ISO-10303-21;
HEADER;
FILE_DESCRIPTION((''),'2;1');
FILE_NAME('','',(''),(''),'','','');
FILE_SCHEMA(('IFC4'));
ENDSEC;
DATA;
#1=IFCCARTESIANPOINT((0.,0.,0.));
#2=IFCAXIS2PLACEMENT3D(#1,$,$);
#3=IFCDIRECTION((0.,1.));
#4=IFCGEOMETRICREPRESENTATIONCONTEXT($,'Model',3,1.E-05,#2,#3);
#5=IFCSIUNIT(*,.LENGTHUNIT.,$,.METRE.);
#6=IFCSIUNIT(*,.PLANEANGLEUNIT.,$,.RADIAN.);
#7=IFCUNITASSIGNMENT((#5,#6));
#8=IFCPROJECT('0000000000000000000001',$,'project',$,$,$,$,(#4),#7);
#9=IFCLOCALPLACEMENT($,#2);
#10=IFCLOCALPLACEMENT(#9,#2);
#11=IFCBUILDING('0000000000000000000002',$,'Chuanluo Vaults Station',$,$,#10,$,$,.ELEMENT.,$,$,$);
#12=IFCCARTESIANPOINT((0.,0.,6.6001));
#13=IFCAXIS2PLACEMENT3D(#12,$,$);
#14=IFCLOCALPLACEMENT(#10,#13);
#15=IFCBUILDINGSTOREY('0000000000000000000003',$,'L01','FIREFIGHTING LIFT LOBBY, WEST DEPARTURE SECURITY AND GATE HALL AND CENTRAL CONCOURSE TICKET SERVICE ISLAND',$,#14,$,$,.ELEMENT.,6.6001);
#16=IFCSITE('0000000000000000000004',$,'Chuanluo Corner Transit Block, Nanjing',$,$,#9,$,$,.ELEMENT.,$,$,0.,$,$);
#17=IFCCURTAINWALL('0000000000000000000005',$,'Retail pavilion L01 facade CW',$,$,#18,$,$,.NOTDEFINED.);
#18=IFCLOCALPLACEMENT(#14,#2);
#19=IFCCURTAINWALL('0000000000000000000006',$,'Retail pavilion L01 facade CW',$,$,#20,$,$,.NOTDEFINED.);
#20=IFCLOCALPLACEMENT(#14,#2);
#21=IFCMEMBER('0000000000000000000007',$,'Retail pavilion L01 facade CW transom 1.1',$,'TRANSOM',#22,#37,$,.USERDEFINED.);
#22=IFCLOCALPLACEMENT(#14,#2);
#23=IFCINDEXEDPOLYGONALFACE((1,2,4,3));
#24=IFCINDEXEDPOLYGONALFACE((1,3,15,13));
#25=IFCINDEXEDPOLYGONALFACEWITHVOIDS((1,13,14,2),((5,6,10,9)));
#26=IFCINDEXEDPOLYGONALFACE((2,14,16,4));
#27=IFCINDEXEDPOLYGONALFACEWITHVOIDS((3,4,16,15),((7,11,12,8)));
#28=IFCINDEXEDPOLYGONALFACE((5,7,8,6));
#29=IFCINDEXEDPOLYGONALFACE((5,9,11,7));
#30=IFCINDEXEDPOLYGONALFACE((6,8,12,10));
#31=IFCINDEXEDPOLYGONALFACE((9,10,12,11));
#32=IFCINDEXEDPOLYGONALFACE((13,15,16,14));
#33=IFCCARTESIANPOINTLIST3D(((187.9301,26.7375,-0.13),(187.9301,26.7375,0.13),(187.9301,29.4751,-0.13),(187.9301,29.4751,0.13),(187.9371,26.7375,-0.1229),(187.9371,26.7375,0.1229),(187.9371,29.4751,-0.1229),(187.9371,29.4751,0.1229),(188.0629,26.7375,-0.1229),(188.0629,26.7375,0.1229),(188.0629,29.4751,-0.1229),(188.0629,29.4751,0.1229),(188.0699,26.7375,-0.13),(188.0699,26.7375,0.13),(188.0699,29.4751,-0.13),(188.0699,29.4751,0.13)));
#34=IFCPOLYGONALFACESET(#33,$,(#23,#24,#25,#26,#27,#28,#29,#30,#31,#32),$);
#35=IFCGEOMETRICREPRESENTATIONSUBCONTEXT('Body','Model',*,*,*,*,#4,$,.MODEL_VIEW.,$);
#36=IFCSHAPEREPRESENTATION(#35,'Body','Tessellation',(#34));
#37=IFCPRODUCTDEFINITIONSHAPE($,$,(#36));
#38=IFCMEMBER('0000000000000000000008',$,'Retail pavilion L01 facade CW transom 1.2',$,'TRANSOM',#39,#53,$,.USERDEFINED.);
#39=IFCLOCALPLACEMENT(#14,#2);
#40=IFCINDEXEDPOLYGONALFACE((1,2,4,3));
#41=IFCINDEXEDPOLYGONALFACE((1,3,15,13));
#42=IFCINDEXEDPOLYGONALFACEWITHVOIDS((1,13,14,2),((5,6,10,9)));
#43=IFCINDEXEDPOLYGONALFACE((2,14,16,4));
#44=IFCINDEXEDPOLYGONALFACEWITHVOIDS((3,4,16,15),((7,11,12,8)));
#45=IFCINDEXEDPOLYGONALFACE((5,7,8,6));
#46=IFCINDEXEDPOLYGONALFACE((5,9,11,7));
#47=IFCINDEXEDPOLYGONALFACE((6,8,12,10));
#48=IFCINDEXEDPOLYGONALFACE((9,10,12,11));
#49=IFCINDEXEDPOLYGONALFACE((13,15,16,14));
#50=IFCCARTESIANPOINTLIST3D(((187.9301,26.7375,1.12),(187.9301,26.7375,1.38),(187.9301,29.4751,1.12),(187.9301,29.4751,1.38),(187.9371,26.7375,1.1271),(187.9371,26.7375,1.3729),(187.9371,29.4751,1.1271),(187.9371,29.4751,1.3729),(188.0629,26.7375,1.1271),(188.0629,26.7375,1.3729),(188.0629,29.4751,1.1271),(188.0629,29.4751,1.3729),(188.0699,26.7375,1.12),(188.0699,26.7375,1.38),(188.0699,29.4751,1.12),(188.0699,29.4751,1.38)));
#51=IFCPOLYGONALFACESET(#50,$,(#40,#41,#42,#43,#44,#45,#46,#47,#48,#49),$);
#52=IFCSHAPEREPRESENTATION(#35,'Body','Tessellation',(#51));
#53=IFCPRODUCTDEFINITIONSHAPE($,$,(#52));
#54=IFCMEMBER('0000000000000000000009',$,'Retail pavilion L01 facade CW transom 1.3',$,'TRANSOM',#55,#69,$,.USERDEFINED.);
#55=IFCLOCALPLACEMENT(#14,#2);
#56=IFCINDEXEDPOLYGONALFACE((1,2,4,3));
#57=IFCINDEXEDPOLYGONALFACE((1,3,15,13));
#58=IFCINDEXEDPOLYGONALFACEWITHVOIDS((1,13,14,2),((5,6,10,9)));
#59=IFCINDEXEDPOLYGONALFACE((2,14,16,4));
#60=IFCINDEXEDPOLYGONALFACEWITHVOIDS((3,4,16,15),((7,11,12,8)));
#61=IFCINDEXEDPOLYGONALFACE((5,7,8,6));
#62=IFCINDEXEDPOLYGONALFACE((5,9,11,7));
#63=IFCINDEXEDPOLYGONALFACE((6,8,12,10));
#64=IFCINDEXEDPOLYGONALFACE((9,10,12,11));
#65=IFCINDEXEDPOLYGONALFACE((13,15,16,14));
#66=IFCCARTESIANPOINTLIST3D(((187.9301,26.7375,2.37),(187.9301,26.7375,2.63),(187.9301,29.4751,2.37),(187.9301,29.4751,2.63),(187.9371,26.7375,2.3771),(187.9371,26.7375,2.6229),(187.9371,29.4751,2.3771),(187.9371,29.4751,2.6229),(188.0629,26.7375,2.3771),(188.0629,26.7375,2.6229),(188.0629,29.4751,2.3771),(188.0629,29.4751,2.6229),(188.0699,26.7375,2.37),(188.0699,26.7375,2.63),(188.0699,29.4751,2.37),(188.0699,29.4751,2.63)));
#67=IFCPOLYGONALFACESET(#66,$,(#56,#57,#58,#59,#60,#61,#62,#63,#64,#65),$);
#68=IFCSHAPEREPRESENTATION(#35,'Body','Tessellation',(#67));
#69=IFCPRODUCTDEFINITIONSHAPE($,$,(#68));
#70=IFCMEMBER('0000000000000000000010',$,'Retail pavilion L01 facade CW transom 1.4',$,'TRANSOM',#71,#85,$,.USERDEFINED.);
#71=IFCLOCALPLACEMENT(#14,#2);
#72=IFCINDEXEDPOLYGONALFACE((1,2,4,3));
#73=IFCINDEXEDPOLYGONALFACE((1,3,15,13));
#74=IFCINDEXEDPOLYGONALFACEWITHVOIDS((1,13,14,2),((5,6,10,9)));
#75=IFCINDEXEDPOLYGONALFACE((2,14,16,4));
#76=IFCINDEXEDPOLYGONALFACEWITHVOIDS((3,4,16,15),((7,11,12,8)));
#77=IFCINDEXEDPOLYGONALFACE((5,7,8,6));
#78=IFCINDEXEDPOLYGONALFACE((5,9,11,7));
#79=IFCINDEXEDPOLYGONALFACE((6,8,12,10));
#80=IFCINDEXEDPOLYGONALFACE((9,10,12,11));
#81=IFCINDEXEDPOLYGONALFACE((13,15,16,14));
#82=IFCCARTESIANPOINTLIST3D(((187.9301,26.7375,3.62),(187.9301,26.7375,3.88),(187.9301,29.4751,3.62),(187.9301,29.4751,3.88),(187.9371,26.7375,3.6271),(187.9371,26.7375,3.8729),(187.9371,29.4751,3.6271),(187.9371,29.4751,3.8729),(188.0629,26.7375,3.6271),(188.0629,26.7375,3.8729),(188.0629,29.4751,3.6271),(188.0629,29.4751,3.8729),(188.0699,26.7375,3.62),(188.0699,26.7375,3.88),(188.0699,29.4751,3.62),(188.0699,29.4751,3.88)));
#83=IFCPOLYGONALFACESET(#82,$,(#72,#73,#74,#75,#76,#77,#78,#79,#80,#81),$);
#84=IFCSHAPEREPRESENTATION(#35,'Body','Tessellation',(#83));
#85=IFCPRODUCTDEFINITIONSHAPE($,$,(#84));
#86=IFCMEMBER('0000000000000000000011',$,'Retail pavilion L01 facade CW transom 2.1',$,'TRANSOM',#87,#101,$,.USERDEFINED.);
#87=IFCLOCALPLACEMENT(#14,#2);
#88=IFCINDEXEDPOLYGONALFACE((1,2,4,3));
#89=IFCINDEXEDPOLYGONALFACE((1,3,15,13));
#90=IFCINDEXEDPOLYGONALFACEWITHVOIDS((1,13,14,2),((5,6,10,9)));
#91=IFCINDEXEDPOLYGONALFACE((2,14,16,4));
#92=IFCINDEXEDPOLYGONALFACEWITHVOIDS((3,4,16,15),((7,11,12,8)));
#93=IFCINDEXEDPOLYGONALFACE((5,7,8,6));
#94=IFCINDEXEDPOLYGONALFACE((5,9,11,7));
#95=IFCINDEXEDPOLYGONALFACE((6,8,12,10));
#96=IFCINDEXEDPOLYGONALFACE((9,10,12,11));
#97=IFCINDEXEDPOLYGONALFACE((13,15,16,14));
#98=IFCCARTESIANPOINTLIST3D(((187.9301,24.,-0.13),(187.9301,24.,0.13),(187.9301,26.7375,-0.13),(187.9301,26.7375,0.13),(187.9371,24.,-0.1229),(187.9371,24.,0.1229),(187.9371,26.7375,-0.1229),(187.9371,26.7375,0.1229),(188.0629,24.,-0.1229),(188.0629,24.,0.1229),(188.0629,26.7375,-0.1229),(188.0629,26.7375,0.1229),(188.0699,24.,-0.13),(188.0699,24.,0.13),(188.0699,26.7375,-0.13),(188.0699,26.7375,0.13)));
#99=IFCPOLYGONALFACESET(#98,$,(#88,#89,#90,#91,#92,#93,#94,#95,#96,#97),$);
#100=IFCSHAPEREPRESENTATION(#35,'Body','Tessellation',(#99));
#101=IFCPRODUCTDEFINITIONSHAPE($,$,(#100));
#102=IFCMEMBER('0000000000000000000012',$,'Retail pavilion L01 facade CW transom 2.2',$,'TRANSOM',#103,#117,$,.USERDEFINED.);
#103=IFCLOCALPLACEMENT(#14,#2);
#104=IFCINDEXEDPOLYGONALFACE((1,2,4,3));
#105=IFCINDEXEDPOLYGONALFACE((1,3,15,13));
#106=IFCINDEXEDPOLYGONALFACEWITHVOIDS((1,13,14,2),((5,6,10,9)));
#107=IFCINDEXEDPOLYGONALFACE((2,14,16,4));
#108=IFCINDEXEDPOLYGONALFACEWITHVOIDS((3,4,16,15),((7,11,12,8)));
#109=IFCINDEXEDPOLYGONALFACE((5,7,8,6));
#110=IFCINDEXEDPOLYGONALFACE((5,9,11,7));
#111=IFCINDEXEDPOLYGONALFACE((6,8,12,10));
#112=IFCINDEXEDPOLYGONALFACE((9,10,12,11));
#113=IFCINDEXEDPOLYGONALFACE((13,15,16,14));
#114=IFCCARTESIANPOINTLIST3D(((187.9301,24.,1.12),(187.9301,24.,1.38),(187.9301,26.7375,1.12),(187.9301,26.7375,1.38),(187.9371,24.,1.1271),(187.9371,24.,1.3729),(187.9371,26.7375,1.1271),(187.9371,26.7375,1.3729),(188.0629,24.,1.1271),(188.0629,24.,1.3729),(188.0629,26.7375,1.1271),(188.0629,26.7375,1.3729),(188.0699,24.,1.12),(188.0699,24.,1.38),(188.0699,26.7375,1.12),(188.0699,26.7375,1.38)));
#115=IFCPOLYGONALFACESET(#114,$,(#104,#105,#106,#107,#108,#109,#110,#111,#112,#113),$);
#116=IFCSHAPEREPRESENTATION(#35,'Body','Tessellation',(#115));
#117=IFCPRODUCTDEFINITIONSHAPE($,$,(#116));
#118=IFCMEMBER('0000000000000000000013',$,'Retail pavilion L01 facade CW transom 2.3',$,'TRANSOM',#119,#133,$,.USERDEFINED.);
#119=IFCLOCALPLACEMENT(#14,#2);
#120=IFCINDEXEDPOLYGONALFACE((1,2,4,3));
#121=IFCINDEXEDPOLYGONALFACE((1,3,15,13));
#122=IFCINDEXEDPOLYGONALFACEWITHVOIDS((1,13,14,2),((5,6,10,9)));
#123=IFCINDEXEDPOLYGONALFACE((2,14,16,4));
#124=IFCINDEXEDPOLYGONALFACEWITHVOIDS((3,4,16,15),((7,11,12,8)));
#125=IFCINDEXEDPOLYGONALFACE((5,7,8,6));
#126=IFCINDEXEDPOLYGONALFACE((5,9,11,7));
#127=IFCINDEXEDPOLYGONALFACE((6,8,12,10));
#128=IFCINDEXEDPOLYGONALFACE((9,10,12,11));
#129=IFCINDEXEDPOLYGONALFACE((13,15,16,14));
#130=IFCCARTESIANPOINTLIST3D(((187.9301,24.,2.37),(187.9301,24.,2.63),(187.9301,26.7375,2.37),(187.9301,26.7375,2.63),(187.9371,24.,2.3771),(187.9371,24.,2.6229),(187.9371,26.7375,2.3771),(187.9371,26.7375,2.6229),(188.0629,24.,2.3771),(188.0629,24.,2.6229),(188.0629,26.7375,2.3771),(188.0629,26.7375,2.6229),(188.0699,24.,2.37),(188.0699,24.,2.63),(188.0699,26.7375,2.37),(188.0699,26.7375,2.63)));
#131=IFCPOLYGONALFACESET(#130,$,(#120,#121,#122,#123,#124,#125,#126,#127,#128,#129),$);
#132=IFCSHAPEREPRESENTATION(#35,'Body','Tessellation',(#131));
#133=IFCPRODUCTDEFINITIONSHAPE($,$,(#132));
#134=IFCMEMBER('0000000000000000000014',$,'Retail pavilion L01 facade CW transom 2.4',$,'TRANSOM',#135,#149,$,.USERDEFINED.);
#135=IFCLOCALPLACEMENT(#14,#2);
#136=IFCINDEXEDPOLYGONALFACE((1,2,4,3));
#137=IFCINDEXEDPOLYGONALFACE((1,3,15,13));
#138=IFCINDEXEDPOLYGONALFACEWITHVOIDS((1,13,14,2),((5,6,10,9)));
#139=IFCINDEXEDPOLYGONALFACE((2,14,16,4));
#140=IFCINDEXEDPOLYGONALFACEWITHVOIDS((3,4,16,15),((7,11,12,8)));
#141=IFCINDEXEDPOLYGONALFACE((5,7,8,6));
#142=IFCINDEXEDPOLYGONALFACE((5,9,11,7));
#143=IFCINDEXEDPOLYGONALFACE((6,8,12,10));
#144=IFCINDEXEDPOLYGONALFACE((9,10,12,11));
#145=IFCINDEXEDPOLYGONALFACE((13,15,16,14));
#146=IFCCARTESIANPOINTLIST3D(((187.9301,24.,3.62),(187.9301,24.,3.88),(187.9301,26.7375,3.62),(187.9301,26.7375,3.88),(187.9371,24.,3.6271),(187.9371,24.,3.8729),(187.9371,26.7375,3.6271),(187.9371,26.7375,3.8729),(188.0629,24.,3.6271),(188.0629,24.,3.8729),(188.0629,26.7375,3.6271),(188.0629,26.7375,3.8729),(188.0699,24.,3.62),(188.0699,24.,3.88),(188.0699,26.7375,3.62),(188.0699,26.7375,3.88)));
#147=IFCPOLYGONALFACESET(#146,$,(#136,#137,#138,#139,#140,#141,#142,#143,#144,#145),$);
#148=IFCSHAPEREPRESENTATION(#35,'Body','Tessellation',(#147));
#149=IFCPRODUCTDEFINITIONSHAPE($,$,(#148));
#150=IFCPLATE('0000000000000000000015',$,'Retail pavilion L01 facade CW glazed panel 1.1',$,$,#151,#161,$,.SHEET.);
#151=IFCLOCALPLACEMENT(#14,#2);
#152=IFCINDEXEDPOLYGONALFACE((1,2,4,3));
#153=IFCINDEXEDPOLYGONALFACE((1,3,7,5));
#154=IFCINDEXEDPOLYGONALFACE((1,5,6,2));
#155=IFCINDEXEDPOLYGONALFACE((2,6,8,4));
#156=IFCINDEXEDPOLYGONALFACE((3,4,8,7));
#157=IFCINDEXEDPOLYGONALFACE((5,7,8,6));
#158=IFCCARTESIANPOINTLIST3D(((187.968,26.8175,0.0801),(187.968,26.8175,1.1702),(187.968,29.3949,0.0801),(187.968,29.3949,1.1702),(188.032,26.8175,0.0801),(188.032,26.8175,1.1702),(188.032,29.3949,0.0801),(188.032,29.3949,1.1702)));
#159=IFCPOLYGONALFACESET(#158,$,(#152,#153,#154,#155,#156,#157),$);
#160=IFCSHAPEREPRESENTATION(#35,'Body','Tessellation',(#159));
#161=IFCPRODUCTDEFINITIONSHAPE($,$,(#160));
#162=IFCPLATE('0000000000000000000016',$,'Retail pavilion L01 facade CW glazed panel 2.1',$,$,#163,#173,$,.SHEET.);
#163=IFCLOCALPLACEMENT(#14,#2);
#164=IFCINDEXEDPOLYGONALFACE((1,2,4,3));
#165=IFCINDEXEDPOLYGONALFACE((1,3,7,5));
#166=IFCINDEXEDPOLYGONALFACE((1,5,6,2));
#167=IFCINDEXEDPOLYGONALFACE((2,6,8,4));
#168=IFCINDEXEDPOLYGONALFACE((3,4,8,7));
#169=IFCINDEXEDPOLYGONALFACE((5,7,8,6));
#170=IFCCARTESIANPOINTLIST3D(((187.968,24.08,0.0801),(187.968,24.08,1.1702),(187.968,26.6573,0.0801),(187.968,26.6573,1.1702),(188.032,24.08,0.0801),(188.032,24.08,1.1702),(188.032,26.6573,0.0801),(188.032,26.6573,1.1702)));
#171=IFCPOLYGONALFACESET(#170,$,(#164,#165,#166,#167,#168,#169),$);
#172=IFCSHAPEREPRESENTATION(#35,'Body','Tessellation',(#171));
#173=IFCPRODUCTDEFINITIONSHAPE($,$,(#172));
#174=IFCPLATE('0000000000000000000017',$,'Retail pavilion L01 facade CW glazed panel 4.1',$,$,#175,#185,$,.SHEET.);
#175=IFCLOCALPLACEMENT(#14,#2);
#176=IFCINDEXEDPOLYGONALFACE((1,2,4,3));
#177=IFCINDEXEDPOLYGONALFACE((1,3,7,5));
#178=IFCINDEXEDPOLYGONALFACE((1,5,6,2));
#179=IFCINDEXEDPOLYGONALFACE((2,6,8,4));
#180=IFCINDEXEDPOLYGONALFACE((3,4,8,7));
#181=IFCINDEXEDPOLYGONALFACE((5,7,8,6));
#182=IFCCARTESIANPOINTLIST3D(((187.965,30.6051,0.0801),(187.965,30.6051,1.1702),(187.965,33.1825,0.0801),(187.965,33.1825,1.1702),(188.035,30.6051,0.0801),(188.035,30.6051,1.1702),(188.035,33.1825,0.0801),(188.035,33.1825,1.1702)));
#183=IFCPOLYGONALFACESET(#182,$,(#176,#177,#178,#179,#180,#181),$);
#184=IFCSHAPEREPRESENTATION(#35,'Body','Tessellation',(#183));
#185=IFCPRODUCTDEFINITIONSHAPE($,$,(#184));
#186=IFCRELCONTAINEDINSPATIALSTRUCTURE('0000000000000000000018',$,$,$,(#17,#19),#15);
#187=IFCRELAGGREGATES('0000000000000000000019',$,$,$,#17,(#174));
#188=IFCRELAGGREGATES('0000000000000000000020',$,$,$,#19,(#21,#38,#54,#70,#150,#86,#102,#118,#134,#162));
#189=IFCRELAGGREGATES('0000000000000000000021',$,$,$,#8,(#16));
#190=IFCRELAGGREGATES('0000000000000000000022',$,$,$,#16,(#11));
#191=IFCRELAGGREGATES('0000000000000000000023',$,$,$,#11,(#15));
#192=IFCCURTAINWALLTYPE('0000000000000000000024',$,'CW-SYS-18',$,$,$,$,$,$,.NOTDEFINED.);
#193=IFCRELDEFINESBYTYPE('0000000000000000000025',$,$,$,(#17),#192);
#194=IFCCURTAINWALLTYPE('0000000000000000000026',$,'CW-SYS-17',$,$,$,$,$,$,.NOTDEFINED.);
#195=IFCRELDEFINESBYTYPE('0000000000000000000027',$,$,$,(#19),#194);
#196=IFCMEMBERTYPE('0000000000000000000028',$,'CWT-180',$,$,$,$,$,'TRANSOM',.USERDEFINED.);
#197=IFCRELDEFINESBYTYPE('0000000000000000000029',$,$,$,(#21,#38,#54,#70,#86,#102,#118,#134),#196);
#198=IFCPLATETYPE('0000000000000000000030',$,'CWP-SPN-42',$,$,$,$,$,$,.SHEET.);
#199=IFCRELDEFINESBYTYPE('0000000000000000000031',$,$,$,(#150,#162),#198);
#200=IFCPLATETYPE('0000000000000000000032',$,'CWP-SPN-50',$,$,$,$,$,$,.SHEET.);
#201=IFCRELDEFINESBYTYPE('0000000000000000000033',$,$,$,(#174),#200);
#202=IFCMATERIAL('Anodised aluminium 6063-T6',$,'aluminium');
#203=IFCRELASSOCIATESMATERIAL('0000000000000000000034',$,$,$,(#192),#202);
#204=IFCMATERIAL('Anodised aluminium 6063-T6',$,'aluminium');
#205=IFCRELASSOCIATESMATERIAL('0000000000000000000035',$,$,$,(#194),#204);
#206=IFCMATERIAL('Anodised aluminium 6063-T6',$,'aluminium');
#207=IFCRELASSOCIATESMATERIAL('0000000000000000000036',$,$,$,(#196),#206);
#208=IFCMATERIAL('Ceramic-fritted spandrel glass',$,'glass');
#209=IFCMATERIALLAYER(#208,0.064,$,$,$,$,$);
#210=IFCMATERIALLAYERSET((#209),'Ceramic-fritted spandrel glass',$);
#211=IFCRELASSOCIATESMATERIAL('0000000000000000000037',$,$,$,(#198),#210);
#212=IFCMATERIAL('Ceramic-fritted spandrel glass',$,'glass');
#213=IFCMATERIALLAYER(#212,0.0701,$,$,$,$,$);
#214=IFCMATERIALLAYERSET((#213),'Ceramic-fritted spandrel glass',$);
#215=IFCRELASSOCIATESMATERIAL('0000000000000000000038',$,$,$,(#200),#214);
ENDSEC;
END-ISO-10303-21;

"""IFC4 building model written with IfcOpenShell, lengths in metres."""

from ifc_helpers import new_model, si_unit, direction, frame, origin, origin_2d, place, context, subcontext, project, spatial, rectangle, hollow_rectangle, extrude, material, layer, layer_set, material_profile, profile_set, type_object, element, aggregate, save


model = new_model("IFC4")

# Units and contexts
model_context = context("Model", 3, precision=1e-05, world=origin(), true_north=direction((0.0, 1.0)))
body_context = subcontext(model_context, "Body", "Model", "MODEL_VIEW")
ifc_project = project(units=[si_unit("LENGTHUNIT", "METRE"), si_unit("PLANEANGLEUNIT", "RADIAN")], contexts=[model_context])

# Site, building, storey
site_placement = place(None, origin())
site = spatial("IfcSite", under=ifc_project, at=site_placement, Name="Chuanluo Corner Transit Block, Nanjing", CompositionType="ELEMENT", RefElevation=0.0)
building_placement = place(site_placement, origin())
building = spatial("IfcBuilding", under=site, at=building_placement, Name="Chuanluo Vaults Station", CompositionType="ELEMENT")
storey_placement = place(building_placement, frame((0.0, 0.0, 6.6001)))
storey = spatial("IfcBuildingStorey", under=building, at=storey_placement, Name="L01", Description="FIREFIGHTING LIFT LOBBY, WEST DEPARTURE SECURITY AND GATE HALL AND CENTRAL CONCOURSE TICKET SERVICE ISLAND", CompositionType="ELEMENT", Elevation=6.6001)

# Curtain walls
ifc_material_1 = material(Name="Anodised aluminium 6063-T6", Category="aluminium")
curtain_wall_type_1 = type_object("IfcCurtainWallType", Name="CW-SYS-18", PredefinedType="NOTDEFINED", material=ifc_material_1)
curtain_wall_1_placement = place(storey_placement, origin())
curtain_wall_1 = element("IfcCurtainWall", 1, at=curtain_wall_1_placement, inside=storey, type_object=curtain_wall_type_1, Name="Retail pavilion L01 facade CW", PredefinedType="NOTDEFINED")
ifc_material_2 = material(Name="Anodised aluminium 6063-T6", Category="aluminium")
curtain_wall_type_2 = type_object("IfcCurtainWallType", Name="CW-SYS-17", PredefinedType="NOTDEFINED", material=ifc_material_2)
curtain_wall_2_placement = place(storey_placement, origin())
curtain_wall_2 = element("IfcCurtainWall", 2, at=curtain_wall_2_placement, inside=storey, type_object=curtain_wall_type_2, Name="Retail pavilion L01 facade CW", PredefinedType="NOTDEFINED")

# Members
ifc_material_3 = material(Name="Anodised aluminium 6063-T6", Category="aluminium")
ifc_material_profile_1 = material_profile(ifc_material_3, hollow_rectangle(XDim=0.1399, YDim=0.26, WallThickness=0.0071, at=origin_2d()))
ifc_profile_set_1 = profile_set([ifc_material_profile_1], Name="Anodised aluminium 6063-T6")
member_type_1 = type_object("IfcMemberType", Name="CWT-180", ElementType="TRANSOM", PredefinedType="USERDEFINED", material=ifc_profile_set_1)
member_1_placement = place(storey_placement, frame((188.0, 29.4751, 0.0), z_axis=(0.0, -1.0, 0.0), x_axis=(1.0, 0.0, 0.0)))
member_1 = element("IfcMember", 3, at=member_1_placement, type_object=member_type_1, Name="Retail pavilion L01 facade CW transom 1.1", ObjectType="TRANSOM", PredefinedType="USERDEFINED", context=body_context, shape_type="SweptSolid", body=[
    extrude(hollow_rectangle(XDim=0.1399, YDim=0.26, WallThickness=0.0071, at=origin_2d()), origin(), (0.0, 0.0, 1.0), 2.7375),
])
member_2_placement = place(storey_placement, frame((188.0, 29.4751, 1.25), z_axis=(0.0, -1.0, 0.0), x_axis=(1.0, 0.0, 0.0)))
member_2 = element("IfcMember", 4, at=member_2_placement, type_object=member_type_1, Name="Retail pavilion L01 facade CW transom 1.2", ObjectType="TRANSOM", PredefinedType="USERDEFINED", context=body_context, shape_type="SweptSolid", body=[
    extrude(hollow_rectangle(XDim=0.1399, YDim=0.26, WallThickness=0.0071, at=origin_2d()), origin(), (0.0, 0.0, 1.0), 2.7375),
])
member_3_placement = place(storey_placement, frame((188.0, 29.4751, 2.5), z_axis=(0.0, -1.0, 0.0), x_axis=(1.0, 0.0, 0.0)))
member_3 = element("IfcMember", 5, at=member_3_placement, type_object=member_type_1, Name="Retail pavilion L01 facade CW transom 1.3", ObjectType="TRANSOM", PredefinedType="USERDEFINED", context=body_context, shape_type="SweptSolid", body=[
    extrude(hollow_rectangle(XDim=0.1399, YDim=0.26, WallThickness=0.0071, at=origin_2d()), origin(), (0.0, 0.0, 1.0), 2.7375),
])
member_4_placement = place(storey_placement, frame((188.0, 29.4751, 3.75), z_axis=(0.0, -1.0, 0.0), x_axis=(1.0, 0.0, 0.0)))
member_4 = element("IfcMember", 6, at=member_4_placement, type_object=member_type_1, Name="Retail pavilion L01 facade CW transom 1.4", ObjectType="TRANSOM", PredefinedType="USERDEFINED", context=body_context, shape_type="SweptSolid", body=[
    extrude(hollow_rectangle(XDim=0.1399, YDim=0.26, WallThickness=0.0071, at=origin_2d()), origin(), (0.0, 0.0, 1.0), 2.7375),
])
member_5_placement = place(storey_placement, frame((188.0, 26.7375, 0.0), z_axis=(0.0, -1.0, 0.0), x_axis=(1.0, 0.0, 0.0)))
member_5 = element("IfcMember", 7, at=member_5_placement, type_object=member_type_1, Name="Retail pavilion L01 facade CW transom 2.1", ObjectType="TRANSOM", PredefinedType="USERDEFINED", context=body_context, shape_type="SweptSolid", body=[
    extrude(hollow_rectangle(XDim=0.1399, YDim=0.26, WallThickness=0.0071, at=origin_2d()), origin(), (0.0, 0.0, 1.0), 2.7375),
])
member_6_placement = place(storey_placement, frame((188.0, 26.7375, 1.25), z_axis=(0.0, -1.0, 0.0), x_axis=(1.0, 0.0, 0.0)))
member_6 = element("IfcMember", 8, at=member_6_placement, type_object=member_type_1, Name="Retail pavilion L01 facade CW transom 2.2", ObjectType="TRANSOM", PredefinedType="USERDEFINED", context=body_context, shape_type="SweptSolid", body=[
    extrude(hollow_rectangle(XDim=0.1399, YDim=0.26, WallThickness=0.0071, at=origin_2d()), origin(), (0.0, 0.0, 1.0), 2.7375),
])
member_7_placement = place(storey_placement, frame((188.0, 26.7375, 2.5), z_axis=(0.0, -1.0, 0.0), x_axis=(1.0, 0.0, 0.0)))
member_7 = element("IfcMember", 9, at=member_7_placement, type_object=member_type_1, Name="Retail pavilion L01 facade CW transom 2.3", ObjectType="TRANSOM", PredefinedType="USERDEFINED", context=body_context, shape_type="SweptSolid", body=[
    extrude(hollow_rectangle(XDim=0.1399, YDim=0.26, WallThickness=0.0071, at=origin_2d()), origin(), (0.0, 0.0, 1.0), 2.7375),
])
member_8_placement = place(storey_placement, frame((188.0, 26.7375, 3.75), z_axis=(0.0, -1.0, 0.0), x_axis=(1.0, 0.0, 0.0)))
member_8 = element("IfcMember", 10, at=member_8_placement, type_object=member_type_1, Name="Retail pavilion L01 facade CW transom 2.4", ObjectType="TRANSOM", PredefinedType="USERDEFINED", context=body_context, shape_type="SweptSolid", body=[
    extrude(hollow_rectangle(XDim=0.1399, YDim=0.26, WallThickness=0.0071, at=origin_2d()), origin(), (0.0, 0.0, 1.0), 2.7375),
])

# Plates
ifc_material_4 = material(Name="Ceramic-fritted spandrel glass", Category="glass")
ifc_layer_1 = layer(ifc_material_4, 0.064)
ifc_layer_set_1 = layer_set([ifc_layer_1], Name="Ceramic-fritted spandrel glass")
plate_type_1 = type_object("IfcPlateType", Name="CWP-SPN-42", PredefinedType="SHEET", material=ifc_layer_set_1)
plate_1_placement = place(storey_placement, frame((188.0, 28.1062, 0.0801), z_axis=(0.0, 0.0, 1.0), x_axis=(0.0, -1.0, 0.0)))
plate_1 = element("IfcPlate", 11, at=plate_1_placement, type_object=plate_type_1, Name="Retail pavilion L01 facade CW glazed panel 1.1", PredefinedType="SHEET", context=body_context, shape_type="SweptSolid", body=[
    extrude(rectangle(XDim=2.5774, YDim=0.064, at=origin_2d()), origin(), (0.0, 0.0, 1.0), 1.0901),
])
plate_2_placement = place(storey_placement, frame((188.0, 25.3687, 0.0801), z_axis=(0.0, 0.0, 1.0), x_axis=(0.0, -1.0, 0.0)))
plate_2 = element("IfcPlate", 12, at=plate_2_placement, type_object=plate_type_1, Name="Retail pavilion L01 facade CW glazed panel 2.1", PredefinedType="SHEET", context=body_context, shape_type="SweptSolid", body=[
    extrude(rectangle(XDim=2.5774, YDim=0.064, at=origin_2d()), origin(), (0.0, 0.0, 1.0), 1.0901),
])
ifc_material_5 = material(Name="Ceramic-fritted spandrel glass", Category="glass")
ifc_layer_2 = layer(ifc_material_5, 0.0701)
ifc_layer_set_2 = layer_set([ifc_layer_2], Name="Ceramic-fritted spandrel glass")
plate_type_2 = type_object("IfcPlateType", Name="CWP-SPN-50", PredefinedType="SHEET", material=ifc_layer_set_2)
plate_3_placement = place(storey_placement, frame((188.0, 31.8938, 0.0801), z_axis=(0.0, 0.0, 1.0), x_axis=(0.0, -1.0, 0.0)))
plate_3 = element("IfcPlate", 13, at=plate_3_placement, type_object=plate_type_2, Name="Retail pavilion L01 facade CW glazed panel 4.1", PredefinedType="SHEET", context=body_context, shape_type="SweptSolid", body=[
    extrude(rectangle(XDim=2.5774, YDim=0.0701, at=origin_2d()), origin(), (0.0, 0.0, 1.0), 1.0901),
])
aggregate(curtain_wall_1, [plate_3])
aggregate(curtain_wall_2, [member_1, member_2, member_3, member_4, plate_1, member_5, member_6, member_7, member_8, plate_2])

save(model, "model.ifc")
